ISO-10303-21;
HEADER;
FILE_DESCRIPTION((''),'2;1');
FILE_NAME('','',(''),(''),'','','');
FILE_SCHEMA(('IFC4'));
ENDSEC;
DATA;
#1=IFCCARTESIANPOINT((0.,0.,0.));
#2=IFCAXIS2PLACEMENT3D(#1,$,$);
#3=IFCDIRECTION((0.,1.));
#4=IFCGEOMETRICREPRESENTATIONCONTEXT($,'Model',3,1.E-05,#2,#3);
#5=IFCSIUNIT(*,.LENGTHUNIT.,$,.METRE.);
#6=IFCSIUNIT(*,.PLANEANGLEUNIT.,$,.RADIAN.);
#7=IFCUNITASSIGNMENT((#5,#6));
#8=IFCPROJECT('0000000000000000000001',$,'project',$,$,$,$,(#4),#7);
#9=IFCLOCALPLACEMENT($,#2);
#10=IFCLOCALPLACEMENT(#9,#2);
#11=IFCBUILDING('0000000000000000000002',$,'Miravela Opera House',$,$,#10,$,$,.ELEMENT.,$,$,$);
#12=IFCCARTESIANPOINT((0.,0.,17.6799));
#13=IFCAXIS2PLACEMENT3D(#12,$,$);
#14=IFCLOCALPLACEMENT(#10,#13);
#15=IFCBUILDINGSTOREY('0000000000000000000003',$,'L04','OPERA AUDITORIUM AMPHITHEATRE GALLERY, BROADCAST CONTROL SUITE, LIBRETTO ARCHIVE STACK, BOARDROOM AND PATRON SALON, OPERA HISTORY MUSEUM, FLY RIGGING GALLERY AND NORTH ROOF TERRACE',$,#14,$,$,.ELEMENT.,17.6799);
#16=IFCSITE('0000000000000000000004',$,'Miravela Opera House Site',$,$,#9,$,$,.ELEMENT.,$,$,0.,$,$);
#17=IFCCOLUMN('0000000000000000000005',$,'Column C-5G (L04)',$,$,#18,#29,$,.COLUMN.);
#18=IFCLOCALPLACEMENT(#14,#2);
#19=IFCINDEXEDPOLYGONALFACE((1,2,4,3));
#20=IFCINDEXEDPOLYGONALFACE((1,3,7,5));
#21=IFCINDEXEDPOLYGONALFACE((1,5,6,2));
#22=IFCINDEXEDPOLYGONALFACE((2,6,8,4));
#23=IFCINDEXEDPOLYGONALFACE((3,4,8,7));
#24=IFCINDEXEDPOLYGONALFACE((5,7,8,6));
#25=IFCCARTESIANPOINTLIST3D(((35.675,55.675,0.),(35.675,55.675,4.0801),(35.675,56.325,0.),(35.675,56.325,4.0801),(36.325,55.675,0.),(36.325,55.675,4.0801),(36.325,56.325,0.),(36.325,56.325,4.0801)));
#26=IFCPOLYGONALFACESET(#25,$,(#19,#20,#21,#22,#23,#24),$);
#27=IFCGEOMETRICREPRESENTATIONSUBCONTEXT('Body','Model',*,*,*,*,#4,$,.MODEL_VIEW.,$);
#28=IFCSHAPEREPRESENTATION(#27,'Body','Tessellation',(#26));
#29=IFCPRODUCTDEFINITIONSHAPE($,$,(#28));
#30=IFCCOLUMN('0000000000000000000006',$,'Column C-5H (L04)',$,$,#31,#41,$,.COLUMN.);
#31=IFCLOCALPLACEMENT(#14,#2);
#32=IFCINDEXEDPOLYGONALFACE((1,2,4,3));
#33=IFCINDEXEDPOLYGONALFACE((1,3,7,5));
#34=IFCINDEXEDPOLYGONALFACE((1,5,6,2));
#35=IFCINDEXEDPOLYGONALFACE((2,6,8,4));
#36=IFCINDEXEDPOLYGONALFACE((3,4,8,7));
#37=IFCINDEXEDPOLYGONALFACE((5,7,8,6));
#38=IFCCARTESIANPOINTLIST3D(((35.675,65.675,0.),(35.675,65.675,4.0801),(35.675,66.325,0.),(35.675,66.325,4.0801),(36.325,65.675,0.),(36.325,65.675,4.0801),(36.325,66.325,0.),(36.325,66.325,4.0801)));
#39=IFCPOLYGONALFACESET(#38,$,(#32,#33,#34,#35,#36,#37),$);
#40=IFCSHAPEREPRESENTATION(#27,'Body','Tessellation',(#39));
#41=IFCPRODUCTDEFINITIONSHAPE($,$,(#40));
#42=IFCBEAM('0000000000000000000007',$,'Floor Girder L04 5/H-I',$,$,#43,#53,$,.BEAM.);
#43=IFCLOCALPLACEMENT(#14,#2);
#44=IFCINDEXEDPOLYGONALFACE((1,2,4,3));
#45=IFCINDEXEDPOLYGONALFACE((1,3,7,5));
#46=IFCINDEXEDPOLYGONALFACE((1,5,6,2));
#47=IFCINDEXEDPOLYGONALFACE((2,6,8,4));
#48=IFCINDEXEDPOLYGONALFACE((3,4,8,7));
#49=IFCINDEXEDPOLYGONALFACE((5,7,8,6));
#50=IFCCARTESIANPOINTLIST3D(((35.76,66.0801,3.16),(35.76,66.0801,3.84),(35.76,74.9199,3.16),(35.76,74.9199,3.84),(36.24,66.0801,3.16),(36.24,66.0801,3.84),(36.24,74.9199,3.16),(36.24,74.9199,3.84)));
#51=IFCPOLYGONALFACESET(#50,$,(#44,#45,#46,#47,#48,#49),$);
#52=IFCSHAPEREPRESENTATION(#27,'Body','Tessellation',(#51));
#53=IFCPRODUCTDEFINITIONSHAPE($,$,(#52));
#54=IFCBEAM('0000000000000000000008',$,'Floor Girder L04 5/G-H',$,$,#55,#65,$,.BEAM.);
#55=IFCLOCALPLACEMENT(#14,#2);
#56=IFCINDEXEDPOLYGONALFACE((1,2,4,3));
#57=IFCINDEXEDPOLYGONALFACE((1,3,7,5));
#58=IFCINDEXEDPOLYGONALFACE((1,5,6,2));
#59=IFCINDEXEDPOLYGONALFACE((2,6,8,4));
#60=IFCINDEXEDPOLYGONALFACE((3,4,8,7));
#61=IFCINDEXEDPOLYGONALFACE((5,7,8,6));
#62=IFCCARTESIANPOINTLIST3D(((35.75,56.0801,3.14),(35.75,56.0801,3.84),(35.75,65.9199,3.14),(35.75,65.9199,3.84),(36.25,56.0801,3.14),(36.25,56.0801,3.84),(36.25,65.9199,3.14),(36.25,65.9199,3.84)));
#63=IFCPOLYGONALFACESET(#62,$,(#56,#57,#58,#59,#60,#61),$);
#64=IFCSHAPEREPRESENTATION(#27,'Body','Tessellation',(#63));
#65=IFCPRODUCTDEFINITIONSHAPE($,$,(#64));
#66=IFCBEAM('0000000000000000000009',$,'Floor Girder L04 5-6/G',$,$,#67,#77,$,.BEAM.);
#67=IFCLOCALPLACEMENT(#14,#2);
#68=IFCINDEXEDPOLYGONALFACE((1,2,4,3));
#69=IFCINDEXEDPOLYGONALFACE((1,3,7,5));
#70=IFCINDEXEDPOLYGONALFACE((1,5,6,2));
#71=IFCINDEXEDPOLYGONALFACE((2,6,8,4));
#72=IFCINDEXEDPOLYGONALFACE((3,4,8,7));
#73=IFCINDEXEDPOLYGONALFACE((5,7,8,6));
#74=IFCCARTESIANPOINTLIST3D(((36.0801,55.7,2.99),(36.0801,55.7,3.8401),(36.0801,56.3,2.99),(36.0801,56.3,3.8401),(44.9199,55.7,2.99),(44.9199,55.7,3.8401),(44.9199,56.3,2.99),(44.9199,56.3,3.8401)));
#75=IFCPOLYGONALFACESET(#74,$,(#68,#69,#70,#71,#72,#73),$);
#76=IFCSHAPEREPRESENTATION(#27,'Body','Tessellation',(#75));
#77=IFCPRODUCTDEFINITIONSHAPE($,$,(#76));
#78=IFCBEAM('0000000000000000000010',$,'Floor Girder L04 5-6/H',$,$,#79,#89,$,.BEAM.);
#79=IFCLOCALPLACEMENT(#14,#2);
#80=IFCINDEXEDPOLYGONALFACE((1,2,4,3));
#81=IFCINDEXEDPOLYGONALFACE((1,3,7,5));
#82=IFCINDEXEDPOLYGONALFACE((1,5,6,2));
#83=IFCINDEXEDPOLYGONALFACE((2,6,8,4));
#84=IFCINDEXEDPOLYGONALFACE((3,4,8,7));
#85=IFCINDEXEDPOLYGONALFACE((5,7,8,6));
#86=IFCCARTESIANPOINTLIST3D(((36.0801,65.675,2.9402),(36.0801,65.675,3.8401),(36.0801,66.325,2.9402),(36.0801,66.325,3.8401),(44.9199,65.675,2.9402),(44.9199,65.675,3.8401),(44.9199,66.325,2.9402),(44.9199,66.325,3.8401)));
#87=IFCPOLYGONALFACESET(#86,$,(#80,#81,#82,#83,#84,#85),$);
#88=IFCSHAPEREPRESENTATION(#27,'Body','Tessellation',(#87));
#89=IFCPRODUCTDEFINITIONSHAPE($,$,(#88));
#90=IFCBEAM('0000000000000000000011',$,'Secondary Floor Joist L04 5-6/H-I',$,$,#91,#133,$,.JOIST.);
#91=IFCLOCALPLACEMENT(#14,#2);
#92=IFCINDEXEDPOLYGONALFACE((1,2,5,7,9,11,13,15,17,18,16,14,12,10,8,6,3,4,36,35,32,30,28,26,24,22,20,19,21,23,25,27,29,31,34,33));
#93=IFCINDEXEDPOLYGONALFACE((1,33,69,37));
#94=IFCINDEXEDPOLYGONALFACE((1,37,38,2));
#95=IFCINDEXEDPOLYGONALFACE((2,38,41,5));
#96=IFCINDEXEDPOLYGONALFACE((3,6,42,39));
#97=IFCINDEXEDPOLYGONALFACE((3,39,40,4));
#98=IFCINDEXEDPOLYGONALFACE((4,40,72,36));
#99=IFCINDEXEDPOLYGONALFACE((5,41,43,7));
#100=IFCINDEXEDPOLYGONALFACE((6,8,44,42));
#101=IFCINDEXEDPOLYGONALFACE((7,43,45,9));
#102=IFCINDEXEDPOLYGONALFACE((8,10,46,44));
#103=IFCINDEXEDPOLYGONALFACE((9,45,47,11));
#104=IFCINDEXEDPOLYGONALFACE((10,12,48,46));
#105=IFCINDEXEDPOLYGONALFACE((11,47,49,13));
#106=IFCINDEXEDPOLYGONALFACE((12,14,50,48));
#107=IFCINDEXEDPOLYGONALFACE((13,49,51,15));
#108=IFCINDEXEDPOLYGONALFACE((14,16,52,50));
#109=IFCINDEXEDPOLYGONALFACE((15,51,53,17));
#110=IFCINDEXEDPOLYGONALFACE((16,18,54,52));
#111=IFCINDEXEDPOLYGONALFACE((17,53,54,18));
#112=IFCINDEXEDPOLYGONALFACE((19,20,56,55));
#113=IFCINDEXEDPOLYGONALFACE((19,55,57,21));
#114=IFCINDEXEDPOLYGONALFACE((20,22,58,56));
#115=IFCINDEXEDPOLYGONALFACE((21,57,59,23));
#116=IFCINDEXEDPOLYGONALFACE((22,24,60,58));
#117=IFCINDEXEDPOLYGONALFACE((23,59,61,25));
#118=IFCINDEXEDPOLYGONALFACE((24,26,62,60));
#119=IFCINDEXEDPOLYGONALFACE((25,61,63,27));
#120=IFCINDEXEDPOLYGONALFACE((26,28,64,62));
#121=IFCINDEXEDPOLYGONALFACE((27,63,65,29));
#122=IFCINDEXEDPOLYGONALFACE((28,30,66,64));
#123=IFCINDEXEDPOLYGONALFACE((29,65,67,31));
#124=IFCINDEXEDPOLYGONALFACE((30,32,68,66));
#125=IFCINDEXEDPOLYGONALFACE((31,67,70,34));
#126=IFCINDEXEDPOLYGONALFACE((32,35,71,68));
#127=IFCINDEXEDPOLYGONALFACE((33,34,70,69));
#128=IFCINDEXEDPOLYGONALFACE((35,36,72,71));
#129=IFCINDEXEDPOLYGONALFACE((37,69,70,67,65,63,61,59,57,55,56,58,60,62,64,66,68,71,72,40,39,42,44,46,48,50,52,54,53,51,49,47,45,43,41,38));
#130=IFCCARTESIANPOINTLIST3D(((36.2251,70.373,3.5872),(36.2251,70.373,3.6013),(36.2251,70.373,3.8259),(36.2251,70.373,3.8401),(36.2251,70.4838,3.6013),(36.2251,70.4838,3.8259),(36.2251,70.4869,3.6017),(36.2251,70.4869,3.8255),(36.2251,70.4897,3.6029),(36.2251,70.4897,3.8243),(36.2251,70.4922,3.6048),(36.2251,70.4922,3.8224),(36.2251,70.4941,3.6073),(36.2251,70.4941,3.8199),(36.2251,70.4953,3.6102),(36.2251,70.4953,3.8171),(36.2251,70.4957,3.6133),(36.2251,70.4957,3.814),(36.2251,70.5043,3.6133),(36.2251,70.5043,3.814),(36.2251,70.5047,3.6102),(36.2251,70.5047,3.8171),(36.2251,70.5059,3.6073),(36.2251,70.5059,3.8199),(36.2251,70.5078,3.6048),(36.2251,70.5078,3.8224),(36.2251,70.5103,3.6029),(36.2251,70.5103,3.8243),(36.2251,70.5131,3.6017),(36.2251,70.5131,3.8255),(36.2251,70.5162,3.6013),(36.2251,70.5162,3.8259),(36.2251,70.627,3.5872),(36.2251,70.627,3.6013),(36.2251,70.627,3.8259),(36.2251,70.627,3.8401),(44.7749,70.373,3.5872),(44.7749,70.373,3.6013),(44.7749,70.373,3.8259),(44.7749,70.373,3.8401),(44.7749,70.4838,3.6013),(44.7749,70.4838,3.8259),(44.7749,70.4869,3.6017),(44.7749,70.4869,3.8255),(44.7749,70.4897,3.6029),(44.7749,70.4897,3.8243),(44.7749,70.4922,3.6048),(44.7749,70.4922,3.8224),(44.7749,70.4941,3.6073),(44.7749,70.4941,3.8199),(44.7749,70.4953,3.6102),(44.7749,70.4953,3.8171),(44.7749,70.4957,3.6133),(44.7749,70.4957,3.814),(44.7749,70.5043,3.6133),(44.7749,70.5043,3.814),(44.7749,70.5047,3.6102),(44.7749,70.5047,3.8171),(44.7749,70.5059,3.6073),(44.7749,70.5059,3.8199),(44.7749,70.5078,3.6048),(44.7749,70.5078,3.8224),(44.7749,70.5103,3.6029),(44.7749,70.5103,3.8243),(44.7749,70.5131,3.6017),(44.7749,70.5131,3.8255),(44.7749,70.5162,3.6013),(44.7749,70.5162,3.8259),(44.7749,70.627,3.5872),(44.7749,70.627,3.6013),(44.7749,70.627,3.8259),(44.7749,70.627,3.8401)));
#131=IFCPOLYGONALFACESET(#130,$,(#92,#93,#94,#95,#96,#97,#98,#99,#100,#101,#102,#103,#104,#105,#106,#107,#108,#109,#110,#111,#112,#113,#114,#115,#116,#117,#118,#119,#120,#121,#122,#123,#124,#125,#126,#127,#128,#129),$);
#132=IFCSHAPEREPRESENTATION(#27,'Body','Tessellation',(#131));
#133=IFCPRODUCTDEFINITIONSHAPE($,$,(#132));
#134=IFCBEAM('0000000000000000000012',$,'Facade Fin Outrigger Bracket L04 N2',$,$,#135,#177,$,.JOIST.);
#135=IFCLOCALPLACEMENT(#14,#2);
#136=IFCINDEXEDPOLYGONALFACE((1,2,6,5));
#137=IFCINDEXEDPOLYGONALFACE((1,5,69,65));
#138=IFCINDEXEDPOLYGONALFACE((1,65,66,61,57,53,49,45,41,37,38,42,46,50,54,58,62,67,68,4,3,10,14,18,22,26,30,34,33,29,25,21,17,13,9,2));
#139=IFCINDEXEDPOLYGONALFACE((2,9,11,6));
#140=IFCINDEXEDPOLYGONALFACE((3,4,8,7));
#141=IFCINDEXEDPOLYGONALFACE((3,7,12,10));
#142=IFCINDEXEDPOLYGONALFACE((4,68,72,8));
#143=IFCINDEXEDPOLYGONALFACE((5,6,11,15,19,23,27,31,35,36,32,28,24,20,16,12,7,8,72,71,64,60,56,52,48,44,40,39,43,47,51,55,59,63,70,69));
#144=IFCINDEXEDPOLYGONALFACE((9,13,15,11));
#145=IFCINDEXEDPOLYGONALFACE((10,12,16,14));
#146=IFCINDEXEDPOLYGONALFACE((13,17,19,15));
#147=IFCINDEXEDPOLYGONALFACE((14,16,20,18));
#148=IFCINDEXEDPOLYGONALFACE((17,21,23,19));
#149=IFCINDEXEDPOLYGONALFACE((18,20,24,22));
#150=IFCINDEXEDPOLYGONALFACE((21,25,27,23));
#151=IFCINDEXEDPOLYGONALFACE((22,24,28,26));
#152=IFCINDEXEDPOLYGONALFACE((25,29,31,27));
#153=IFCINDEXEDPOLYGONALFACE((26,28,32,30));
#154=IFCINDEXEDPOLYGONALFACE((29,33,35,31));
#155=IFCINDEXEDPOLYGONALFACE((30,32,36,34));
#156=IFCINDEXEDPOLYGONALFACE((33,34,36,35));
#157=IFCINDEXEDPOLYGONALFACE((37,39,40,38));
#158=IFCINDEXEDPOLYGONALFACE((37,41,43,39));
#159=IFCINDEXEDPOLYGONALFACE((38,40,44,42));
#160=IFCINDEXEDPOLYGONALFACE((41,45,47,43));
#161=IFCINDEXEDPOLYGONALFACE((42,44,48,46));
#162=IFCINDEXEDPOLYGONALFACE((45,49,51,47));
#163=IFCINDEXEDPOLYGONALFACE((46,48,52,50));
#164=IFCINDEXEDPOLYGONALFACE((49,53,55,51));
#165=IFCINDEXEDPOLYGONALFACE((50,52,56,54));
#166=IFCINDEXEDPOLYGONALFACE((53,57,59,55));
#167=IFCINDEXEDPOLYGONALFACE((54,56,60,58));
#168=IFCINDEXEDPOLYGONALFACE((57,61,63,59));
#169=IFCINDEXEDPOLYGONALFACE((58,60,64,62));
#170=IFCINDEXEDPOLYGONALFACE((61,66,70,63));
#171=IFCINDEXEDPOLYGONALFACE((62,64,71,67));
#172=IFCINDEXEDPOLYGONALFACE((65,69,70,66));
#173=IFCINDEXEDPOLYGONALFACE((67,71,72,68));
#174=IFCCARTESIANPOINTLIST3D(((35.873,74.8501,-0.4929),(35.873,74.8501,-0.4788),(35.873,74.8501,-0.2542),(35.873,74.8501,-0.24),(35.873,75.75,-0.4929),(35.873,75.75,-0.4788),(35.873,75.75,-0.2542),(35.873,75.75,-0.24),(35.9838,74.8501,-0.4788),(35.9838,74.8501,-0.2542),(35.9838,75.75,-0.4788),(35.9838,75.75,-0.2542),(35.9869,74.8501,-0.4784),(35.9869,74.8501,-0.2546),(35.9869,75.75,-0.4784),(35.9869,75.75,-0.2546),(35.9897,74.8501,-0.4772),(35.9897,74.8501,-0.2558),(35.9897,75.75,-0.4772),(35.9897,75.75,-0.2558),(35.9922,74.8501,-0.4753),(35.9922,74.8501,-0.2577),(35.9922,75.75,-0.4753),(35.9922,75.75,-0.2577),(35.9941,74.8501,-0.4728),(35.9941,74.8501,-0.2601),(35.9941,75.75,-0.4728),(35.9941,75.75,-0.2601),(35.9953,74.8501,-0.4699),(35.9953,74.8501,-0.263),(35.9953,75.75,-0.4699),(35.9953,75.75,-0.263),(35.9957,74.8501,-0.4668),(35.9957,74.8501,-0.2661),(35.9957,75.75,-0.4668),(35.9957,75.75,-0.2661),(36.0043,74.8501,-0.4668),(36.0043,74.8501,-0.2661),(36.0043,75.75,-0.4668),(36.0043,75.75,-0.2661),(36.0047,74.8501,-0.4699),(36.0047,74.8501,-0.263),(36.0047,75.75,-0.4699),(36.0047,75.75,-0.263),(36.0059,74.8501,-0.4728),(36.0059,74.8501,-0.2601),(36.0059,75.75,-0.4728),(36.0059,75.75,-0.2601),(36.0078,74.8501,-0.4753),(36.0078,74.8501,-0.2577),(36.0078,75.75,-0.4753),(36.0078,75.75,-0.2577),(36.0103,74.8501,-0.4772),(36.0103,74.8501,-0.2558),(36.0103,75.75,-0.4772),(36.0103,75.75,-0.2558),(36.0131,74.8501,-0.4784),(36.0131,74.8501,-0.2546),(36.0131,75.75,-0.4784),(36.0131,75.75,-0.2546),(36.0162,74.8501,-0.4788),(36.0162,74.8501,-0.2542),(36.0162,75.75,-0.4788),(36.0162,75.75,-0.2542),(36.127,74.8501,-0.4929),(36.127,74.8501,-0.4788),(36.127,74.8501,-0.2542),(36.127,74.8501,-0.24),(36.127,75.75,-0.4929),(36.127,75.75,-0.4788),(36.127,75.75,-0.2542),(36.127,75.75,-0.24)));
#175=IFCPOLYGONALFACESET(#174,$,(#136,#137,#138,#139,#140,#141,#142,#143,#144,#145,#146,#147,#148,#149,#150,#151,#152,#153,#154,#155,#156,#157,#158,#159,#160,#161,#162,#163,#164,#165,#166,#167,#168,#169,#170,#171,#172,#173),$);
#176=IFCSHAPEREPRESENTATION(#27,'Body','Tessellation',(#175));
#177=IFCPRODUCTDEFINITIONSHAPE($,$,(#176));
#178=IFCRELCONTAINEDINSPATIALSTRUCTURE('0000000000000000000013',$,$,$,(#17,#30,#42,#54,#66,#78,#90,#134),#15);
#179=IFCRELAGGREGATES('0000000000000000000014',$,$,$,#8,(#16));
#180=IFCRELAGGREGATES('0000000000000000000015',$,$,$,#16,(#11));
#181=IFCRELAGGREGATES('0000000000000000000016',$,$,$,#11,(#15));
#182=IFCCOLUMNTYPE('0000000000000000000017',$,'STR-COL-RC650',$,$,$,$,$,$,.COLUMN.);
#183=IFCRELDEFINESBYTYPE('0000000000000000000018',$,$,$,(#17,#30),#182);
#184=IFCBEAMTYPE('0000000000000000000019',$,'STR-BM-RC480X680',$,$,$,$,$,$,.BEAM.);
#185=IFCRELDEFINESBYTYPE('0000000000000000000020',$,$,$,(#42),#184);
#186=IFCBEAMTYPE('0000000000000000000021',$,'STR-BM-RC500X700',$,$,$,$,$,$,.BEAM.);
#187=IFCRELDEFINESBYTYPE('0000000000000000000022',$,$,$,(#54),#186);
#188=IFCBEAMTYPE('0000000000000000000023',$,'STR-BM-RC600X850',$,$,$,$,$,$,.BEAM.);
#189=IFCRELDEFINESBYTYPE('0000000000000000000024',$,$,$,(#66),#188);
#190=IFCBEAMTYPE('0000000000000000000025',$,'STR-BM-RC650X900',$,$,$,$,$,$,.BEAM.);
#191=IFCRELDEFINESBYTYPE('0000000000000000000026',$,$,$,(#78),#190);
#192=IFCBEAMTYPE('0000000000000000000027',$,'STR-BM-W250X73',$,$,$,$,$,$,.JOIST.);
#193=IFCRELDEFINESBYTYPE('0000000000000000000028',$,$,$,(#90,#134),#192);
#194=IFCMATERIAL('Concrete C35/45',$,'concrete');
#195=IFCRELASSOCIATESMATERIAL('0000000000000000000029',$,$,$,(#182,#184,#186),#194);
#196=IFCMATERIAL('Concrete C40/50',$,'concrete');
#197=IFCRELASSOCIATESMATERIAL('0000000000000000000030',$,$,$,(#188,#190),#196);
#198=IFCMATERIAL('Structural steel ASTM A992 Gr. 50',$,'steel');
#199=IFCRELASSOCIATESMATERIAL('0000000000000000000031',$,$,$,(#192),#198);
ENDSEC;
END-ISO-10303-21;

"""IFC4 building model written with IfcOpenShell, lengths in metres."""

from ifc_helpers import new_model, si_unit, direction, frame, origin, origin_2d, place, context, subcontext, project, spatial, rectangle, i_section, extrude, material, material_profile, profile_set, type_object, element, save


model = new_model("IFC4")

# Units and contexts
model_context = context("Model", 3, precision=1e-05, world=origin(), true_north=direction((0.0, 1.0)))
body_context = subcontext(model_context, "Body", "Model", "MODEL_VIEW")
ifc_project = project(units=[si_unit("LENGTHUNIT", "METRE"), si_unit("PLANEANGLEUNIT", "RADIAN")], contexts=[model_context])

# Site, building, storey
site_placement = place(None, origin())
site = spatial("IfcSite", under=ifc_project, at=site_placement, Name="Miravela Opera House Site", CompositionType="ELEMENT", RefElevation=0.0)
building_placement = place(site_placement, origin())
building = spatial("IfcBuilding", under=site, at=building_placement, Name="Miravela Opera House", CompositionType="ELEMENT")
storey_placement = place(building_placement, frame((0.0, 0.0, 17.6799)))
storey = spatial("IfcBuildingStorey", under=building, at=storey_placement, Name="L04", Description="OPERA AUDITORIUM AMPHITHEATRE GALLERY, BROADCAST CONTROL SUITE, LIBRETTO ARCHIVE STACK, BOARDROOM AND PATRON SALON, OPERA HISTORY MUSEUM, FLY RIGGING GALLERY AND NORTH ROOF TERRACE", CompositionType="ELEMENT", Elevation=17.6799)

# Columns
ifc_material_1 = material(Name="Concrete C35/45", Category="concrete")
ifc_material_profile_1 = material_profile(ifc_material_1, rectangle(XDim=0.6499, YDim=0.6499, at=origin_2d()), Name="RC-COL-650X650")
ifc_profile_set_1 = profile_set([ifc_material_profile_1])
column_type = type_object("IfcColumnType", Name="STR-COL-RC650", PredefinedType="COLUMN", material=ifc_profile_set_1)
for number, where, z_axis, x_axis, name in (
    (1, (36.0, 56.0, 0.0), (0.0, 0.0, 1.0), (1.0, 0.0, 0.0), "Column C-5G (L04)"),
    (2, (36.0, 66.0, 0.0), (0.0, 0.0, 1.0), (1.0, 0.0, 0.0), "Column C-5H (L04)"),
):
    element("IfcColumn", number, at=place(storey_placement, frame(where, z_axis=z_axis, x_axis=x_axis)), inside=storey, type_object=column_type, Name=name, PredefinedType="COLUMN", context=body_context, shape_type="SweptSolid", body=[
        extrude(rectangle(XDim=0.6499, YDim=0.6499, at=origin_2d()), origin(), (0.0, 0.0, 1.0), 4.0801),
    ])

# Beams
ifc_material_profile_2 = material_profile(ifc_material_1, rectangle(XDim=0.48, YDim=0.6799, at=origin_2d()), Name="RC-BM-480X680")
ifc_profile_set_2 = profile_set([ifc_material_profile_2])
beam_type_1 = type_object("IfcBeamType", Name="STR-BM-RC480X680", PredefinedType="BEAM", material=ifc_profile_set_2)
beam_1_placement = place(storey_placement, frame((36.0, 66.0801, 3.5), z_axis=(0.0, 1.0, 0.0), x_axis=(-1.0, 0.0, 0.0)))
element("IfcBeam", 3, at=beam_1_placement, inside=storey, type_object=beam_type_1, Name="Floor Girder L04 5/H-I", PredefinedType="BEAM", context=body_context, shape_type="SweptSolid", body=[
    extrude(rectangle(XDim=0.48, YDim=0.6799, at=origin_2d()), origin(), (0.0, 0.0, 1.0), 8.8398),
])
ifc_material_profile_3 = material_profile(ifc_material_1, rectangle(XDim=0.5, YDim=0.7, at=origin_2d()), Name="RC-BM-500X700")
ifc_profile_set_3 = profile_set([ifc_material_profile_3])
beam_type_2 = type_object("IfcBeamType", Name="STR-BM-RC500X700", PredefinedType="BEAM", material=ifc_profile_set_3)
beam_2_placement = place(storey_placement, frame((36.0, 56.0801, 3.49), z_axis=(0.0, 1.0, 0.0), x_axis=(-1.0, 0.0, 0.0)))
element("IfcBeam", 4, at=beam_2_placement, inside=storey, type_object=beam_type_2, Name="Floor Girder L04 5/G-H", PredefinedType="BEAM", context=body_context, shape_type="SweptSolid", body=[
    extrude(rectangle(XDim=0.5, YDim=0.7, at=origin_2d()), origin(), (0.0, 0.0, 1.0), 9.8398),
])
ifc_material_2 = material(Name="Concrete C40/50", Category="concrete")
ifc_material_profile_4 = material_profile(ifc_material_2, rectangle(XDim=0.6001, YDim=0.8501, at=origin_2d()), Name="RC-BM-600X850")
ifc_profile_set_4 = profile_set([ifc_material_profile_4])
beam_type_3 = type_object("IfcBeamType", Name="STR-BM-RC600X850", PredefinedType="BEAM", material=ifc_profile_set_4)
beam_3_placement = place(storey_placement, frame((36.0801, 56.0, 3.415), z_axis=(1.0, 0.0, 0.0), x_axis=(0.0, 1.0, 0.0)))
element("IfcBeam", 5, at=beam_3_placement, inside=storey, type_object=beam_type_3, Name="Floor Girder L04 5-6/G", PredefinedType="BEAM", context=body_context, shape_type="SweptSolid", body=[
    extrude(rectangle(XDim=0.6001, YDim=0.8501, at=origin_2d()), origin(), (0.0, 0.0, 1.0), 8.8398),
])
ifc_material_profile_5 = material_profile(ifc_material_2, rectangle(XDim=0.6499, YDim=0.8999, at=origin_2d()), Name="RC-BM-650X900")
ifc_profile_set_5 = profile_set([ifc_material_profile_5])
beam_type_4 = type_object("IfcBeamType", Name="STR-BM-RC650X900", PredefinedType="BEAM", material=ifc_profile_set_5)
beam_4_placement = place(storey_placement, frame((36.0801, 66.0, 3.3901), z_axis=(1.0, 0.0, 0.0), x_axis=(0.0, 1.0, 0.0)))
element("IfcBeam", 6, at=beam_4_placement, inside=storey, type_object=beam_type_4, Name="Floor Girder L04 5-6/H", PredefinedType="BEAM", context=body_context, shape_type="SweptSolid", body=[
    extrude(rectangle(XDim=0.6499, YDim=0.8999, at=origin_2d()), origin(), (0.0, 0.0, 1.0), 8.8398),
])
ifc_material_3 = material(Name="Structural steel ASTM A992 Gr. 50", Category="steel")
ifc_material_profile_6 = material_profile(ifc_material_3, i_section(OverallWidth=0.2539, OverallDepth=0.2529, WebThickness=0.0085, FlangeThickness=0.0142, FilletRadius=0.012, at=origin_2d()), Name="W250X73")
ifc_profile_set_6 = profile_set([ifc_material_profile_6])
beam_type_5 = type_object("IfcBeamType", Name="STR-BM-W250X73", PredefinedType="JOIST", material=ifc_profile_set_6)
beam_5_placement = place(storey_placement, frame((36.2251, 70.5, 3.7136), z_axis=(1.0, 0.0, 0.0), x_axis=(0.0, 1.0, 0.0)))
element("IfcBeam", 7, at=beam_5_placement, inside=storey, type_object=beam_type_5, Name="Secondary Floor Joist L04 5-6/H-I", PredefinedType="JOIST", context=body_context, shape_type="SweptSolid", body=[
    extrude(i_section(OverallWidth=0.2539, OverallDepth=0.2529, WebThickness=0.0085, FlangeThickness=0.0142, FilletRadius=0.012, at=origin_2d()), origin(), (0.0, 0.0, 1.0), 8.5498),
])
beam_6_placement = place(storey_placement, frame((36.0, 74.8501, -0.3665), z_axis=(0.0, 1.0, 0.0), x_axis=(-1.0, 0.0, 0.0)))
element("IfcBeam", 8, at=beam_6_placement, inside=storey, type_object=beam_type_5, Name="Facade Fin Outrigger Bracket L04 N2", PredefinedType="JOIST", context=body_context, shape_type="SweptSolid", body=[
    extrude(i_section(OverallWidth=0.2539, OverallDepth=0.2529, WebThickness=0.0085, FlangeThickness=0.0142, FilletRadius=0.012, at=origin_2d()), origin(), (0.0, 0.0, 1.0), 0.8999),
])

save(model, "model.ifc")
